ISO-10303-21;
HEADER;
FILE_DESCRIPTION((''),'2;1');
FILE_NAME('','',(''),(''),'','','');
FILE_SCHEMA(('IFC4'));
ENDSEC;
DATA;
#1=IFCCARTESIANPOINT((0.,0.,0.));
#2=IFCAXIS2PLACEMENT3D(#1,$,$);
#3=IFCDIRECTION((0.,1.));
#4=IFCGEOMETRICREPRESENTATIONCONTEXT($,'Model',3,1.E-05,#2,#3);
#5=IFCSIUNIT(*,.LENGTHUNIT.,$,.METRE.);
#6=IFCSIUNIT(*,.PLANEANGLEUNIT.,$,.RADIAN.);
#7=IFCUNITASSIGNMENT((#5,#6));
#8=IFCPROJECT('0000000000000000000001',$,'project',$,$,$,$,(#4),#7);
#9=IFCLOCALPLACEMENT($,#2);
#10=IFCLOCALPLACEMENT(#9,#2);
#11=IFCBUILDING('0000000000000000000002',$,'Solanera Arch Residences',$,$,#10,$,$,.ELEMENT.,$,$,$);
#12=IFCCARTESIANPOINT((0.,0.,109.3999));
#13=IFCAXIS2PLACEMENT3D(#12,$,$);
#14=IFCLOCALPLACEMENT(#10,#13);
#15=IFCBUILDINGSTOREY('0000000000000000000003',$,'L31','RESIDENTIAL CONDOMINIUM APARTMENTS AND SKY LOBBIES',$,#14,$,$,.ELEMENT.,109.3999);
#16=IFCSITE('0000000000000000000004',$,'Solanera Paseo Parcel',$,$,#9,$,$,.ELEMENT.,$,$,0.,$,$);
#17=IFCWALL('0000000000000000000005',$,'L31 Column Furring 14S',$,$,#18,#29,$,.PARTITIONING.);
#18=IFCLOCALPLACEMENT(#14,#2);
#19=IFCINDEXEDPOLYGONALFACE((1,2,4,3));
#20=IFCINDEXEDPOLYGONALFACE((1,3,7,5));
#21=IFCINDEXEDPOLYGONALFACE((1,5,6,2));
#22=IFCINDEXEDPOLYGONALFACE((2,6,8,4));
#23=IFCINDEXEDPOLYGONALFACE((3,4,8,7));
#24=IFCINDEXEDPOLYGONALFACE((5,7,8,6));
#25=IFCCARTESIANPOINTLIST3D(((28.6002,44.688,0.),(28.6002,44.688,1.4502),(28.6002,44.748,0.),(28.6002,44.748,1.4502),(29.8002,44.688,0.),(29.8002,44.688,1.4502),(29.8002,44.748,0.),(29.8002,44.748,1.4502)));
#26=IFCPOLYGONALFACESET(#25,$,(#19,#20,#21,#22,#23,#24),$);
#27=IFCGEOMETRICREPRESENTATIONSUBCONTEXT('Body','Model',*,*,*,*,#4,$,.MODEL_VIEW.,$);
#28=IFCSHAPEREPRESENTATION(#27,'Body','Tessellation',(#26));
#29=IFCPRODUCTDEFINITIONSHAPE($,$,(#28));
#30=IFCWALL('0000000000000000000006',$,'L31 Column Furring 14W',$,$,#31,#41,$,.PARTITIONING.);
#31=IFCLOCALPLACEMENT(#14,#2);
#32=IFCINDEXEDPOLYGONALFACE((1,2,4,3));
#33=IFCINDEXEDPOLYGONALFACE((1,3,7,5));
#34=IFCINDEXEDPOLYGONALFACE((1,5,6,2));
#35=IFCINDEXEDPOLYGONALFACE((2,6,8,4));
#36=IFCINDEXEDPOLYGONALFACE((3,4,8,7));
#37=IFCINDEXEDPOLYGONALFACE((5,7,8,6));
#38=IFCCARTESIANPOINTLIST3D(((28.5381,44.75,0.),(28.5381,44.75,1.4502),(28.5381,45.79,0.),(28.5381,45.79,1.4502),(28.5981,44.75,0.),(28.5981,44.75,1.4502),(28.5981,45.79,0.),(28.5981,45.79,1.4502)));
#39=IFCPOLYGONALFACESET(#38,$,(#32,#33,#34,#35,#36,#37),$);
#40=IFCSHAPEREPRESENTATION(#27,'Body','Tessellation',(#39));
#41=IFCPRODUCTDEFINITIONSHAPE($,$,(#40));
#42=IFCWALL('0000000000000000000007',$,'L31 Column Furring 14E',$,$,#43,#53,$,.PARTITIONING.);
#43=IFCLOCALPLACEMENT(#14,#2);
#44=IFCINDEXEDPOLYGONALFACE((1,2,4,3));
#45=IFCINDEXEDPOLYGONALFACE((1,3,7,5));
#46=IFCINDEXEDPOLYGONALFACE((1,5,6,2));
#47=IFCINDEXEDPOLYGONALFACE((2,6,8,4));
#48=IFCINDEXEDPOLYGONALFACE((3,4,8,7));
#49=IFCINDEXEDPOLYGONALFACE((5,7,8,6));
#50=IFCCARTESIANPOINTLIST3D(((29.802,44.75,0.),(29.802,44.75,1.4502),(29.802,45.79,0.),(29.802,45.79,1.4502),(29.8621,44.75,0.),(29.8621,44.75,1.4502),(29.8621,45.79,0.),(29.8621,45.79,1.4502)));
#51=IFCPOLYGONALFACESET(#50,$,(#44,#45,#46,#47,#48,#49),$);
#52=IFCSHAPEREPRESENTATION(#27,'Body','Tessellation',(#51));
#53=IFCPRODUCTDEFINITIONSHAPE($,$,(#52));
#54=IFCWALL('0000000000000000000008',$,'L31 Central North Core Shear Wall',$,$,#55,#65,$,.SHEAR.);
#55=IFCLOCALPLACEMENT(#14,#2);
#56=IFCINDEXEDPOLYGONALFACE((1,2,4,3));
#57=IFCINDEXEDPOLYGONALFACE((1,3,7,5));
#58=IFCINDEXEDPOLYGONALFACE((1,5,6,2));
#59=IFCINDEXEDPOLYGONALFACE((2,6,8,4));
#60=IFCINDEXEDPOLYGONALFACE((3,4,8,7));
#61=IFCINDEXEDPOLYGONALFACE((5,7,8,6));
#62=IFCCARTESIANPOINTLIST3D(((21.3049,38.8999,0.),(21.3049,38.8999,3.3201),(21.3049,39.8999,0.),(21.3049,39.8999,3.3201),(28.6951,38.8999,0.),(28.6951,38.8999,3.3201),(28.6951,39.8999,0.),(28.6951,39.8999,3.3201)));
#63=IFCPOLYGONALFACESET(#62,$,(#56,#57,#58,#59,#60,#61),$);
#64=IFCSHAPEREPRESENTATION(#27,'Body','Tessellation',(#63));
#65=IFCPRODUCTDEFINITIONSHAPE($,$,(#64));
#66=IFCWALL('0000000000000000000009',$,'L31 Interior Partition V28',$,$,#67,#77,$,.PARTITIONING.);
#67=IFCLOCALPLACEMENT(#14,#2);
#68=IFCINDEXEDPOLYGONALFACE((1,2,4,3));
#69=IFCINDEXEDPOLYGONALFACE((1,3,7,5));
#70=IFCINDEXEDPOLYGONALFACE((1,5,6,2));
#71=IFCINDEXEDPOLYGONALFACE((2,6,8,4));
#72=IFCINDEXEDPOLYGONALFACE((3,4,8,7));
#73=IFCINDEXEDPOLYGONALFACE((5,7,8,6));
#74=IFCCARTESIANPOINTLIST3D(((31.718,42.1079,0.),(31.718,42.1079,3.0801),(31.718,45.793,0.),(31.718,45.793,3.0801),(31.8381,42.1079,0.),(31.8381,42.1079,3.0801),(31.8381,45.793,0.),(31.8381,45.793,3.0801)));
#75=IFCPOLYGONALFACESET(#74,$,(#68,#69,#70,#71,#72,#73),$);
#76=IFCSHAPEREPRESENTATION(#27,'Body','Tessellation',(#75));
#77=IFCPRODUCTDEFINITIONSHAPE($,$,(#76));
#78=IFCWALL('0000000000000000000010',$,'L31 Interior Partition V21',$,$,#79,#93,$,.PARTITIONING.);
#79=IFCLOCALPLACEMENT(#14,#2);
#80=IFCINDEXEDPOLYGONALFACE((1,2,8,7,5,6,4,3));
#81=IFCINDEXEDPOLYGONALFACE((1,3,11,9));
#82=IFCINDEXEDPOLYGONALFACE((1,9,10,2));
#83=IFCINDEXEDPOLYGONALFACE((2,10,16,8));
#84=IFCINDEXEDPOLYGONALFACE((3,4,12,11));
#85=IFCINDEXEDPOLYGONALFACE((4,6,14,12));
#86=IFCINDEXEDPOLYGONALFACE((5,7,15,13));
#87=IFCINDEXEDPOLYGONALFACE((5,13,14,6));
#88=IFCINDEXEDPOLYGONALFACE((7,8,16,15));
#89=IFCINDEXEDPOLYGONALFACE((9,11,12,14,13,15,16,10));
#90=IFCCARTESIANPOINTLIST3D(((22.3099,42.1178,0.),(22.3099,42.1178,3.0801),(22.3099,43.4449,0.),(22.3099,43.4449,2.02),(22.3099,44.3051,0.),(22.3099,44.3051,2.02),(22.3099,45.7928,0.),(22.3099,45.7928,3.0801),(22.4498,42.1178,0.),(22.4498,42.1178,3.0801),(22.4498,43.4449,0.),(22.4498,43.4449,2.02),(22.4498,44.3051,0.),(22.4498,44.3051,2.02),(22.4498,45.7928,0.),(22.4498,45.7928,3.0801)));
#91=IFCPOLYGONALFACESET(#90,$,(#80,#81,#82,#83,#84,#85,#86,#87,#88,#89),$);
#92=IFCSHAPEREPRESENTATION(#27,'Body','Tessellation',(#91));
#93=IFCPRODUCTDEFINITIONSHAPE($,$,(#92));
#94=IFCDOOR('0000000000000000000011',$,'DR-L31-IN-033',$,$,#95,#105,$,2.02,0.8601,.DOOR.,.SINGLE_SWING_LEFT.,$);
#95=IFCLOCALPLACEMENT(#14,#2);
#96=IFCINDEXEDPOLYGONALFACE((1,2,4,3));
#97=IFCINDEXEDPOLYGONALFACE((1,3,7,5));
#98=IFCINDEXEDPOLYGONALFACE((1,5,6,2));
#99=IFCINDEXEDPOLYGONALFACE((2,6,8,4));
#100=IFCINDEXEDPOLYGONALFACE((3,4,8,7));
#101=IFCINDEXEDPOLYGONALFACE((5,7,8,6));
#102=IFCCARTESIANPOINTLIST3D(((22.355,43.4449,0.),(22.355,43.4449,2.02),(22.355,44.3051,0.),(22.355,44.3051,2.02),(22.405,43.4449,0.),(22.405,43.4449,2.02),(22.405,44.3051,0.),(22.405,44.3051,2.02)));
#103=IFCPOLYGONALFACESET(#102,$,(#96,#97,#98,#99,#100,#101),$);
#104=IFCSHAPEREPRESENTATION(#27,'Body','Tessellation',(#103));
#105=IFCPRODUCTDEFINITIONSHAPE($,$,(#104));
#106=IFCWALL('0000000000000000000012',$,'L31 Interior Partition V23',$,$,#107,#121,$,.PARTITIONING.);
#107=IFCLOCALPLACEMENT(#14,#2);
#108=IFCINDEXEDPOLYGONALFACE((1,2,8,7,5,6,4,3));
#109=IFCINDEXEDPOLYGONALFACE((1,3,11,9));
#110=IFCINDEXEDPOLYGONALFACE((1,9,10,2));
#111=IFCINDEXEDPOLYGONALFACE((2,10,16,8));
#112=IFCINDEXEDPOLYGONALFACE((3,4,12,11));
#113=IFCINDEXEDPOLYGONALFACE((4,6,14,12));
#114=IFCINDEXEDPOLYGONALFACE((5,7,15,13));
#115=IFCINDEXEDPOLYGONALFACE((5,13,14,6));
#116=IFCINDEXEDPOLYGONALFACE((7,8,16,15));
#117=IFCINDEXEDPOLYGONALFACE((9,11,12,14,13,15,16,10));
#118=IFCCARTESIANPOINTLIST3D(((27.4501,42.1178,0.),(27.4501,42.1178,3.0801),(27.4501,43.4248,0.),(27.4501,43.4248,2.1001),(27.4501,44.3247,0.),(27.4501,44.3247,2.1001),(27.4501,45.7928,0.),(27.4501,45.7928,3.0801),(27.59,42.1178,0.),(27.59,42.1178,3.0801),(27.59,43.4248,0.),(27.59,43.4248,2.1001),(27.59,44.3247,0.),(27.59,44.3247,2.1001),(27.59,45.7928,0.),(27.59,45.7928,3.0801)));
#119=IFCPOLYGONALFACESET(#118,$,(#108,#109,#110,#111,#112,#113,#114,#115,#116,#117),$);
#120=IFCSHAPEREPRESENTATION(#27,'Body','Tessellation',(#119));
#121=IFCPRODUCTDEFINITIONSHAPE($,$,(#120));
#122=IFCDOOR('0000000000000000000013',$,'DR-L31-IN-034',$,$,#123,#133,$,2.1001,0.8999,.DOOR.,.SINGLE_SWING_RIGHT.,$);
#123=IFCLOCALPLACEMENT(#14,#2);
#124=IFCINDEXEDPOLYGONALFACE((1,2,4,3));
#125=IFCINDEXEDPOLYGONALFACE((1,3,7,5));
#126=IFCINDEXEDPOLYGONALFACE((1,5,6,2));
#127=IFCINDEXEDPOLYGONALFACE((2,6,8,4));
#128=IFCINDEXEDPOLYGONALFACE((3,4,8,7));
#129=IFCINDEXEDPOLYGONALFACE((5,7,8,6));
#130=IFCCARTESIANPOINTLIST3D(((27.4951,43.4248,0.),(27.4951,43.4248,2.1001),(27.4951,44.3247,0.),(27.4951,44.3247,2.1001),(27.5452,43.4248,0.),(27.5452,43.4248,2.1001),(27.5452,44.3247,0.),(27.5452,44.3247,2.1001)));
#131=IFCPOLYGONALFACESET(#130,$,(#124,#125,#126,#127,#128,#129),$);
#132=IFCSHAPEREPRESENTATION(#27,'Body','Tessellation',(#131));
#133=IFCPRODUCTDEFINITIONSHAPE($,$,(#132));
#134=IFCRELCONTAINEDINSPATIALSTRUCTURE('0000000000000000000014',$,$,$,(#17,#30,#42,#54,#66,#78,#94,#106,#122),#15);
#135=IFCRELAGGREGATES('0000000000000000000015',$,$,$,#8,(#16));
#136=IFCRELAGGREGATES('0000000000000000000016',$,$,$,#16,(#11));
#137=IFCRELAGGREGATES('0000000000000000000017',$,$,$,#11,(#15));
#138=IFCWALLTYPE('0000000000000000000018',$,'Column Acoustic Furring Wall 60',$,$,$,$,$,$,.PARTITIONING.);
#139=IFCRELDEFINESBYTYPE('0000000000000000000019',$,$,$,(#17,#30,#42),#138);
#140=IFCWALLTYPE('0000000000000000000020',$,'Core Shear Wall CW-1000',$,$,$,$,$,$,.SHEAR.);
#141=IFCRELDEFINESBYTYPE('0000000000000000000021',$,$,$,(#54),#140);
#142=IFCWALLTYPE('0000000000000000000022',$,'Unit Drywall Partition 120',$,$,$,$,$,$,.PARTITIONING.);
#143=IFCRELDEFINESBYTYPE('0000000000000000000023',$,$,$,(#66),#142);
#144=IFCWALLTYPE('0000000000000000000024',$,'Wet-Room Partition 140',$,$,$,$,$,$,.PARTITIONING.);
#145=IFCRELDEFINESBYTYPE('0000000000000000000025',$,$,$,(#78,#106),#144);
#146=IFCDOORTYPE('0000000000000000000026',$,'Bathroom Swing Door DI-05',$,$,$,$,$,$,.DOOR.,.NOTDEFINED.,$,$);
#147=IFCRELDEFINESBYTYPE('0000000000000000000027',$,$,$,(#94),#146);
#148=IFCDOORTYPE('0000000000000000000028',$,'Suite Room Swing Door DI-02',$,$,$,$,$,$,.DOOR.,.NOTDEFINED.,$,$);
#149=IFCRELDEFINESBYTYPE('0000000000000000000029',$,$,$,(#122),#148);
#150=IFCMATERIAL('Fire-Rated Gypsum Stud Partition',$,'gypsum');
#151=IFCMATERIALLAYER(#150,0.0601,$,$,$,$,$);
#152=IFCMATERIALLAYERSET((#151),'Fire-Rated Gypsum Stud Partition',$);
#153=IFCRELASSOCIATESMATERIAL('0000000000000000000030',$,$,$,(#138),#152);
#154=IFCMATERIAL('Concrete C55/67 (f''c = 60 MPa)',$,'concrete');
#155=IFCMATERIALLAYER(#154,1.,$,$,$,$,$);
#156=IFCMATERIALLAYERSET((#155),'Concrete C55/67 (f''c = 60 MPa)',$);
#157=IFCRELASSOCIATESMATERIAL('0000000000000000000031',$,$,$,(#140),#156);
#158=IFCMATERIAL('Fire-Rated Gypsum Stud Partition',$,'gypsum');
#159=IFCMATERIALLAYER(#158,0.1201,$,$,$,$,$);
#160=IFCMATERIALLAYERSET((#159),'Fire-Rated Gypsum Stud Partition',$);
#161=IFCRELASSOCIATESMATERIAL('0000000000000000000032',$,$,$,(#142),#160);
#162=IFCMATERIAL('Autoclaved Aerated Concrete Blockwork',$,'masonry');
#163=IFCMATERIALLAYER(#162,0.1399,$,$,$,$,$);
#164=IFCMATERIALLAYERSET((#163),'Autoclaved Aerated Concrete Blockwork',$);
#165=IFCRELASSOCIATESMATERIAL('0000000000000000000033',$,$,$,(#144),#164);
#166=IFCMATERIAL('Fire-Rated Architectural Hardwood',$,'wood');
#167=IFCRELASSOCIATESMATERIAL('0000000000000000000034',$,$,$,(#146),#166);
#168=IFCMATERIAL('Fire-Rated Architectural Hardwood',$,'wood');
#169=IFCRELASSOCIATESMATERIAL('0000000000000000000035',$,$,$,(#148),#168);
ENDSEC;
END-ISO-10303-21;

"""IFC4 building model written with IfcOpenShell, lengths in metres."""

from ifc_helpers import new_model, si_unit, direction, frame, frame_2d, origin, place, context, subcontext, project, spatial, rectangle, extrude, material, layer, layer_set, type_object, element, fill, save


model = new_model("IFC4")

# Units and contexts
model_context = context("Model", 3, precision=1e-05, world=origin(), true_north=direction((0.0, 1.0)))
body_context = subcontext(model_context, "Body", "Model", "MODEL_VIEW")
ifc_project = project(units=[si_unit("LENGTHUNIT", "METRE"), si_unit("PLANEANGLEUNIT", "RADIAN")], contexts=[model_context])

# Site, building, storey
site_placement = place(None, origin())
site = spatial("IfcSite", under=ifc_project, at=site_placement, Name="Solanera Paseo Parcel", CompositionType="ELEMENT", RefElevation=0.0)
building_placement = place(site_placement, origin())
building = spatial("IfcBuilding", under=site, at=building_placement, Name="Solanera Arch Residences", CompositionType="ELEMENT")
storey_placement = place(building_placement, frame((0.0, 0.0, 109.3999)))
storey = spatial("IfcBuildingStorey", under=building, at=storey_placement, Name="L31", Description="RESIDENTIAL CONDOMINIUM APARTMENTS AND SKY LOBBIES", CompositionType="ELEMENT", Elevation=109.3999)

# Walls
ifc_material_1 = material(Name="Fire-Rated Gypsum Stud Partition", Category="gypsum")
ifc_layer_1 = layer(ifc_material_1, 0.0601)
ifc_layer_set_1 = layer_set([ifc_layer_1], Name="Fire-Rated Gypsum Stud Partition")
wall_type_1 = type_object("IfcWallType", Name="Column Acoustic Furring Wall 60", PredefinedType="PARTITIONING", material=ifc_layer_set_1)
wall_1_placement = place(storey_placement, frame((28.6001, 44.718, 0.0), z_axis=(0.0, 0.0, 1.0), x_axis=(1.0, 0.0, 0.0)))
element("IfcWall", 1, at=wall_1_placement, inside=storey, type_object=wall_type_1, Name="L31 Column Furring 14S", PredefinedType="PARTITIONING", context=body_context, shape_type="SweptSolid", body=[
    extrude(rectangle(XDim=1.2, YDim=0.0601, at=frame_2d((0.6001, 0.0))), origin(), (0.0, 0.0, 1.0), 1.4502),
])
for number, where, z_axis, x_axis, name in (
    (2, (28.5681, 44.75, 0.0), (0.0, 0.0, 1.0), (0.0, 1.0, 0.0), "L31 Column Furring 14W"),
    (3, (29.832, 44.75, 0.0), (0.0, 0.0, 1.0), (0.0, 1.0, 0.0), "L31 Column Furring 14E"),
):
    element("IfcWall", number, at=place(storey_placement, frame(where, z_axis=z_axis, x_axis=x_axis)), inside=storey, type_object=wall_type_1, Name=name, PredefinedType="PARTITIONING", context=body_context, shape_type="SweptSolid", body=[
        extrude(rectangle(XDim=1.04, YDim=0.0601, at=frame_2d((0.52, 0.0))), origin(), (0.0, 0.0, 1.0), 1.4502),
    ])
ifc_material_2 = material(Name="Concrete C55/67 (f'c = 60 MPa)", Category="concrete")
ifc_layer_2 = layer(ifc_material_2, 1.0)
ifc_layer_set_2 = layer_set([ifc_layer_2], Name="Concrete C55/67 (f'c = 60 MPa)")
wall_type_2 = type_object("IfcWallType", Name="Core Shear Wall CW-1000", PredefinedType="SHEAR", material=ifc_layer_set_2)
wall_2_placement = place(storey_placement, frame((21.3049, 39.3999, 0.0), z_axis=(0.0, 0.0, 1.0), x_axis=(1.0, 0.0, 0.0)))
element("IfcWall", 4, at=wall_2_placement, inside=storey, type_object=wall_type_2, Name="L31 Central North Core Shear Wall", PredefinedType="SHEAR", context=body_context, shape_type="SweptSolid", body=[
    extrude(rectangle(XDim=7.3901, YDim=1.0, at=frame_2d((3.6951, 0.0))), origin(), (0.0, 0.0, 1.0), 3.3201),
])
ifc_material_3 = material(Name="Fire-Rated Gypsum Stud Partition", Category="gypsum")
ifc_layer_3 = layer(ifc_material_3, 0.1201)
ifc_layer_set_3 = layer_set([ifc_layer_3], Name="Fire-Rated Gypsum Stud Partition")
wall_type_3 = type_object("IfcWallType", Name="Unit Drywall Partition 120", PredefinedType="PARTITIONING", material=ifc_layer_set_3)
wall_3_placement = place(storey_placement, frame((31.7781, 42.1079, 0.0), z_axis=(0.0, 0.0, 1.0), x_axis=(0.0, 1.0, 0.0)))
element("IfcWall", 5, at=wall_3_placement, inside=storey, type_object=wall_type_3, Name="L31 Interior Partition V28", PredefinedType="PARTITIONING", context=body_context, shape_type="SweptSolid", body=[
    extrude(rectangle(XDim=3.6851, YDim=0.1201, at=frame_2d((1.8425, 0.0))), origin(), (0.0, 0.0, 1.0), 3.0801),
])

# Walls, openings, doors
ifc_material_4 = material(Name="Autoclaved Aerated Concrete Blockwork", Category="masonry")
ifc_layer_4 = layer(ifc_material_4, 0.1399)
ifc_layer_set_4 = layer_set([ifc_layer_4], Name="Autoclaved Aerated Concrete Blockwork")
wall_type_4 = type_object("IfcWallType", Name="Wet-Room Partition 140", PredefinedType="PARTITIONING", material=ifc_layer_set_4)
wall_4_placement = place(storey_placement, frame((22.3799, 42.1179, 0.0), z_axis=(0.0, 0.0, 1.0), x_axis=(0.0, 1.0, 0.0)))
wall_4 = element("IfcWall", 6, at=wall_4_placement, inside=storey, type_object=wall_type_4, Name="L31 Interior Partition V21", PredefinedType="PARTITIONING", context=body_context, shape_type="SweptSolid", body=[
    extrude(rectangle(XDim=3.675, YDim=0.1399, at=frame_2d((1.8374, 0.0))), origin(), (0.0, 0.0, 1.0), 3.0801),
])
opening_1_placement = place(wall_4_placement, frame((1.3269, 0.0, 0.0)))
opening_1 = element("IfcOpeningElement", 7, at=opening_1_placement, cuts=wall_4, PredefinedType="OPENING", context=body_context, shape_type="SweptSolid", body=[
    extrude(rectangle(XDim=0.8601, YDim=2.02, at=frame_2d((0.4302, 1.01))), frame((0.0, 0.0798, 0.0), z_axis=(0.0, -1.0, 0.0), x_axis=(1.0, 0.0, 0.0)), (0.0, 0.0, 1.0), 0.1599),
])
ifc_material_5 = material(Name="Fire-Rated Architectural Hardwood", Category="wood")
door_type_1 = type_object("IfcDoorType", Name="Bathroom Swing Door DI-05", OperationType="NOTDEFINED", PredefinedType="DOOR", material=ifc_material_5)
door_1_placement = place(opening_1_placement, origin())
door_1 = element("IfcDoor", 8, at=door_1_placement, inside=storey, type_object=door_type_1, Name="DR-L31-IN-033", OperationType="SINGLE_SWING_LEFT", OverallHeight=2.02, OverallWidth=0.8601, PredefinedType="DOOR", context=body_context, shape_type="SweptSolid", body=[
    extrude(rectangle(XDim=0.8601, YDim=2.02, at=frame_2d((0.4302, 1.01))), frame((0.0, 0.0249, 0.0), z_axis=(0.0, -1.0, 0.0), x_axis=(1.0, 0.0, 0.0)), (0.0, 0.0, 1.0), 0.05),
])
fill(opening_1, door_1)
wall_5_placement = place(storey_placement, frame((27.52, 42.1179, 0.0), z_axis=(0.0, 0.0, 1.0), x_axis=(0.0, 1.0, 0.0)))
wall_5 = element("IfcWall", 9, at=wall_5_placement, inside=storey, type_object=wall_type_4, Name="L31 Interior Partition V23", PredefinedType="PARTITIONING", context=body_context, shape_type="SweptSolid", body=[
    extrude(rectangle(XDim=3.675, YDim=0.1399, at=frame_2d((1.8374, 0.0))), origin(), (0.0, 0.0, 1.0), 3.0801),
])
opening_2_placement = place(wall_5_placement, frame((1.3069, 0.0, 0.0)))
opening_2 = element("IfcOpeningElement", 10, at=opening_2_placement, cuts=wall_5, PredefinedType="OPENING", context=body_context, shape_type="SweptSolid", body=[
    extrude(rectangle(XDim=0.8999, YDim=2.1001, at=frame_2d((0.45, 1.05))), frame((0.0, 0.0798, 0.0), z_axis=(0.0, -1.0, 0.0), x_axis=(1.0, 0.0, 0.0)), (0.0, 0.0, 1.0), 0.1599),
])
ifc_material_6 = material(Name="Fire-Rated Architectural Hardwood", Category="wood")
door_type_2 = type_object("IfcDoorType", Name="Suite Room Swing Door DI-02", OperationType="NOTDEFINED", PredefinedType="DOOR", material=ifc_material_6)
door_2_placement = place(opening_2_placement, origin())
door_2 = element("IfcDoor", 11, at=door_2_placement, inside=storey, type_object=door_type_2, Name="DR-L31-IN-034", OperationType="SINGLE_SWING_RIGHT", OverallHeight=2.1001, OverallWidth=0.8999, PredefinedType="DOOR", context=body_context, shape_type="SweptSolid", body=[
    extrude(rectangle(XDim=0.8999, YDim=2.1001, at=frame_2d((0.45, 1.05))), frame((0.0, 0.0249, 0.0), z_axis=(0.0, -1.0, 0.0), x_axis=(1.0, 0.0, 0.0)), (0.0, 0.0, 1.0), 0.05),
])
fill(opening_2, door_2)

save(model, "model.ifc")
